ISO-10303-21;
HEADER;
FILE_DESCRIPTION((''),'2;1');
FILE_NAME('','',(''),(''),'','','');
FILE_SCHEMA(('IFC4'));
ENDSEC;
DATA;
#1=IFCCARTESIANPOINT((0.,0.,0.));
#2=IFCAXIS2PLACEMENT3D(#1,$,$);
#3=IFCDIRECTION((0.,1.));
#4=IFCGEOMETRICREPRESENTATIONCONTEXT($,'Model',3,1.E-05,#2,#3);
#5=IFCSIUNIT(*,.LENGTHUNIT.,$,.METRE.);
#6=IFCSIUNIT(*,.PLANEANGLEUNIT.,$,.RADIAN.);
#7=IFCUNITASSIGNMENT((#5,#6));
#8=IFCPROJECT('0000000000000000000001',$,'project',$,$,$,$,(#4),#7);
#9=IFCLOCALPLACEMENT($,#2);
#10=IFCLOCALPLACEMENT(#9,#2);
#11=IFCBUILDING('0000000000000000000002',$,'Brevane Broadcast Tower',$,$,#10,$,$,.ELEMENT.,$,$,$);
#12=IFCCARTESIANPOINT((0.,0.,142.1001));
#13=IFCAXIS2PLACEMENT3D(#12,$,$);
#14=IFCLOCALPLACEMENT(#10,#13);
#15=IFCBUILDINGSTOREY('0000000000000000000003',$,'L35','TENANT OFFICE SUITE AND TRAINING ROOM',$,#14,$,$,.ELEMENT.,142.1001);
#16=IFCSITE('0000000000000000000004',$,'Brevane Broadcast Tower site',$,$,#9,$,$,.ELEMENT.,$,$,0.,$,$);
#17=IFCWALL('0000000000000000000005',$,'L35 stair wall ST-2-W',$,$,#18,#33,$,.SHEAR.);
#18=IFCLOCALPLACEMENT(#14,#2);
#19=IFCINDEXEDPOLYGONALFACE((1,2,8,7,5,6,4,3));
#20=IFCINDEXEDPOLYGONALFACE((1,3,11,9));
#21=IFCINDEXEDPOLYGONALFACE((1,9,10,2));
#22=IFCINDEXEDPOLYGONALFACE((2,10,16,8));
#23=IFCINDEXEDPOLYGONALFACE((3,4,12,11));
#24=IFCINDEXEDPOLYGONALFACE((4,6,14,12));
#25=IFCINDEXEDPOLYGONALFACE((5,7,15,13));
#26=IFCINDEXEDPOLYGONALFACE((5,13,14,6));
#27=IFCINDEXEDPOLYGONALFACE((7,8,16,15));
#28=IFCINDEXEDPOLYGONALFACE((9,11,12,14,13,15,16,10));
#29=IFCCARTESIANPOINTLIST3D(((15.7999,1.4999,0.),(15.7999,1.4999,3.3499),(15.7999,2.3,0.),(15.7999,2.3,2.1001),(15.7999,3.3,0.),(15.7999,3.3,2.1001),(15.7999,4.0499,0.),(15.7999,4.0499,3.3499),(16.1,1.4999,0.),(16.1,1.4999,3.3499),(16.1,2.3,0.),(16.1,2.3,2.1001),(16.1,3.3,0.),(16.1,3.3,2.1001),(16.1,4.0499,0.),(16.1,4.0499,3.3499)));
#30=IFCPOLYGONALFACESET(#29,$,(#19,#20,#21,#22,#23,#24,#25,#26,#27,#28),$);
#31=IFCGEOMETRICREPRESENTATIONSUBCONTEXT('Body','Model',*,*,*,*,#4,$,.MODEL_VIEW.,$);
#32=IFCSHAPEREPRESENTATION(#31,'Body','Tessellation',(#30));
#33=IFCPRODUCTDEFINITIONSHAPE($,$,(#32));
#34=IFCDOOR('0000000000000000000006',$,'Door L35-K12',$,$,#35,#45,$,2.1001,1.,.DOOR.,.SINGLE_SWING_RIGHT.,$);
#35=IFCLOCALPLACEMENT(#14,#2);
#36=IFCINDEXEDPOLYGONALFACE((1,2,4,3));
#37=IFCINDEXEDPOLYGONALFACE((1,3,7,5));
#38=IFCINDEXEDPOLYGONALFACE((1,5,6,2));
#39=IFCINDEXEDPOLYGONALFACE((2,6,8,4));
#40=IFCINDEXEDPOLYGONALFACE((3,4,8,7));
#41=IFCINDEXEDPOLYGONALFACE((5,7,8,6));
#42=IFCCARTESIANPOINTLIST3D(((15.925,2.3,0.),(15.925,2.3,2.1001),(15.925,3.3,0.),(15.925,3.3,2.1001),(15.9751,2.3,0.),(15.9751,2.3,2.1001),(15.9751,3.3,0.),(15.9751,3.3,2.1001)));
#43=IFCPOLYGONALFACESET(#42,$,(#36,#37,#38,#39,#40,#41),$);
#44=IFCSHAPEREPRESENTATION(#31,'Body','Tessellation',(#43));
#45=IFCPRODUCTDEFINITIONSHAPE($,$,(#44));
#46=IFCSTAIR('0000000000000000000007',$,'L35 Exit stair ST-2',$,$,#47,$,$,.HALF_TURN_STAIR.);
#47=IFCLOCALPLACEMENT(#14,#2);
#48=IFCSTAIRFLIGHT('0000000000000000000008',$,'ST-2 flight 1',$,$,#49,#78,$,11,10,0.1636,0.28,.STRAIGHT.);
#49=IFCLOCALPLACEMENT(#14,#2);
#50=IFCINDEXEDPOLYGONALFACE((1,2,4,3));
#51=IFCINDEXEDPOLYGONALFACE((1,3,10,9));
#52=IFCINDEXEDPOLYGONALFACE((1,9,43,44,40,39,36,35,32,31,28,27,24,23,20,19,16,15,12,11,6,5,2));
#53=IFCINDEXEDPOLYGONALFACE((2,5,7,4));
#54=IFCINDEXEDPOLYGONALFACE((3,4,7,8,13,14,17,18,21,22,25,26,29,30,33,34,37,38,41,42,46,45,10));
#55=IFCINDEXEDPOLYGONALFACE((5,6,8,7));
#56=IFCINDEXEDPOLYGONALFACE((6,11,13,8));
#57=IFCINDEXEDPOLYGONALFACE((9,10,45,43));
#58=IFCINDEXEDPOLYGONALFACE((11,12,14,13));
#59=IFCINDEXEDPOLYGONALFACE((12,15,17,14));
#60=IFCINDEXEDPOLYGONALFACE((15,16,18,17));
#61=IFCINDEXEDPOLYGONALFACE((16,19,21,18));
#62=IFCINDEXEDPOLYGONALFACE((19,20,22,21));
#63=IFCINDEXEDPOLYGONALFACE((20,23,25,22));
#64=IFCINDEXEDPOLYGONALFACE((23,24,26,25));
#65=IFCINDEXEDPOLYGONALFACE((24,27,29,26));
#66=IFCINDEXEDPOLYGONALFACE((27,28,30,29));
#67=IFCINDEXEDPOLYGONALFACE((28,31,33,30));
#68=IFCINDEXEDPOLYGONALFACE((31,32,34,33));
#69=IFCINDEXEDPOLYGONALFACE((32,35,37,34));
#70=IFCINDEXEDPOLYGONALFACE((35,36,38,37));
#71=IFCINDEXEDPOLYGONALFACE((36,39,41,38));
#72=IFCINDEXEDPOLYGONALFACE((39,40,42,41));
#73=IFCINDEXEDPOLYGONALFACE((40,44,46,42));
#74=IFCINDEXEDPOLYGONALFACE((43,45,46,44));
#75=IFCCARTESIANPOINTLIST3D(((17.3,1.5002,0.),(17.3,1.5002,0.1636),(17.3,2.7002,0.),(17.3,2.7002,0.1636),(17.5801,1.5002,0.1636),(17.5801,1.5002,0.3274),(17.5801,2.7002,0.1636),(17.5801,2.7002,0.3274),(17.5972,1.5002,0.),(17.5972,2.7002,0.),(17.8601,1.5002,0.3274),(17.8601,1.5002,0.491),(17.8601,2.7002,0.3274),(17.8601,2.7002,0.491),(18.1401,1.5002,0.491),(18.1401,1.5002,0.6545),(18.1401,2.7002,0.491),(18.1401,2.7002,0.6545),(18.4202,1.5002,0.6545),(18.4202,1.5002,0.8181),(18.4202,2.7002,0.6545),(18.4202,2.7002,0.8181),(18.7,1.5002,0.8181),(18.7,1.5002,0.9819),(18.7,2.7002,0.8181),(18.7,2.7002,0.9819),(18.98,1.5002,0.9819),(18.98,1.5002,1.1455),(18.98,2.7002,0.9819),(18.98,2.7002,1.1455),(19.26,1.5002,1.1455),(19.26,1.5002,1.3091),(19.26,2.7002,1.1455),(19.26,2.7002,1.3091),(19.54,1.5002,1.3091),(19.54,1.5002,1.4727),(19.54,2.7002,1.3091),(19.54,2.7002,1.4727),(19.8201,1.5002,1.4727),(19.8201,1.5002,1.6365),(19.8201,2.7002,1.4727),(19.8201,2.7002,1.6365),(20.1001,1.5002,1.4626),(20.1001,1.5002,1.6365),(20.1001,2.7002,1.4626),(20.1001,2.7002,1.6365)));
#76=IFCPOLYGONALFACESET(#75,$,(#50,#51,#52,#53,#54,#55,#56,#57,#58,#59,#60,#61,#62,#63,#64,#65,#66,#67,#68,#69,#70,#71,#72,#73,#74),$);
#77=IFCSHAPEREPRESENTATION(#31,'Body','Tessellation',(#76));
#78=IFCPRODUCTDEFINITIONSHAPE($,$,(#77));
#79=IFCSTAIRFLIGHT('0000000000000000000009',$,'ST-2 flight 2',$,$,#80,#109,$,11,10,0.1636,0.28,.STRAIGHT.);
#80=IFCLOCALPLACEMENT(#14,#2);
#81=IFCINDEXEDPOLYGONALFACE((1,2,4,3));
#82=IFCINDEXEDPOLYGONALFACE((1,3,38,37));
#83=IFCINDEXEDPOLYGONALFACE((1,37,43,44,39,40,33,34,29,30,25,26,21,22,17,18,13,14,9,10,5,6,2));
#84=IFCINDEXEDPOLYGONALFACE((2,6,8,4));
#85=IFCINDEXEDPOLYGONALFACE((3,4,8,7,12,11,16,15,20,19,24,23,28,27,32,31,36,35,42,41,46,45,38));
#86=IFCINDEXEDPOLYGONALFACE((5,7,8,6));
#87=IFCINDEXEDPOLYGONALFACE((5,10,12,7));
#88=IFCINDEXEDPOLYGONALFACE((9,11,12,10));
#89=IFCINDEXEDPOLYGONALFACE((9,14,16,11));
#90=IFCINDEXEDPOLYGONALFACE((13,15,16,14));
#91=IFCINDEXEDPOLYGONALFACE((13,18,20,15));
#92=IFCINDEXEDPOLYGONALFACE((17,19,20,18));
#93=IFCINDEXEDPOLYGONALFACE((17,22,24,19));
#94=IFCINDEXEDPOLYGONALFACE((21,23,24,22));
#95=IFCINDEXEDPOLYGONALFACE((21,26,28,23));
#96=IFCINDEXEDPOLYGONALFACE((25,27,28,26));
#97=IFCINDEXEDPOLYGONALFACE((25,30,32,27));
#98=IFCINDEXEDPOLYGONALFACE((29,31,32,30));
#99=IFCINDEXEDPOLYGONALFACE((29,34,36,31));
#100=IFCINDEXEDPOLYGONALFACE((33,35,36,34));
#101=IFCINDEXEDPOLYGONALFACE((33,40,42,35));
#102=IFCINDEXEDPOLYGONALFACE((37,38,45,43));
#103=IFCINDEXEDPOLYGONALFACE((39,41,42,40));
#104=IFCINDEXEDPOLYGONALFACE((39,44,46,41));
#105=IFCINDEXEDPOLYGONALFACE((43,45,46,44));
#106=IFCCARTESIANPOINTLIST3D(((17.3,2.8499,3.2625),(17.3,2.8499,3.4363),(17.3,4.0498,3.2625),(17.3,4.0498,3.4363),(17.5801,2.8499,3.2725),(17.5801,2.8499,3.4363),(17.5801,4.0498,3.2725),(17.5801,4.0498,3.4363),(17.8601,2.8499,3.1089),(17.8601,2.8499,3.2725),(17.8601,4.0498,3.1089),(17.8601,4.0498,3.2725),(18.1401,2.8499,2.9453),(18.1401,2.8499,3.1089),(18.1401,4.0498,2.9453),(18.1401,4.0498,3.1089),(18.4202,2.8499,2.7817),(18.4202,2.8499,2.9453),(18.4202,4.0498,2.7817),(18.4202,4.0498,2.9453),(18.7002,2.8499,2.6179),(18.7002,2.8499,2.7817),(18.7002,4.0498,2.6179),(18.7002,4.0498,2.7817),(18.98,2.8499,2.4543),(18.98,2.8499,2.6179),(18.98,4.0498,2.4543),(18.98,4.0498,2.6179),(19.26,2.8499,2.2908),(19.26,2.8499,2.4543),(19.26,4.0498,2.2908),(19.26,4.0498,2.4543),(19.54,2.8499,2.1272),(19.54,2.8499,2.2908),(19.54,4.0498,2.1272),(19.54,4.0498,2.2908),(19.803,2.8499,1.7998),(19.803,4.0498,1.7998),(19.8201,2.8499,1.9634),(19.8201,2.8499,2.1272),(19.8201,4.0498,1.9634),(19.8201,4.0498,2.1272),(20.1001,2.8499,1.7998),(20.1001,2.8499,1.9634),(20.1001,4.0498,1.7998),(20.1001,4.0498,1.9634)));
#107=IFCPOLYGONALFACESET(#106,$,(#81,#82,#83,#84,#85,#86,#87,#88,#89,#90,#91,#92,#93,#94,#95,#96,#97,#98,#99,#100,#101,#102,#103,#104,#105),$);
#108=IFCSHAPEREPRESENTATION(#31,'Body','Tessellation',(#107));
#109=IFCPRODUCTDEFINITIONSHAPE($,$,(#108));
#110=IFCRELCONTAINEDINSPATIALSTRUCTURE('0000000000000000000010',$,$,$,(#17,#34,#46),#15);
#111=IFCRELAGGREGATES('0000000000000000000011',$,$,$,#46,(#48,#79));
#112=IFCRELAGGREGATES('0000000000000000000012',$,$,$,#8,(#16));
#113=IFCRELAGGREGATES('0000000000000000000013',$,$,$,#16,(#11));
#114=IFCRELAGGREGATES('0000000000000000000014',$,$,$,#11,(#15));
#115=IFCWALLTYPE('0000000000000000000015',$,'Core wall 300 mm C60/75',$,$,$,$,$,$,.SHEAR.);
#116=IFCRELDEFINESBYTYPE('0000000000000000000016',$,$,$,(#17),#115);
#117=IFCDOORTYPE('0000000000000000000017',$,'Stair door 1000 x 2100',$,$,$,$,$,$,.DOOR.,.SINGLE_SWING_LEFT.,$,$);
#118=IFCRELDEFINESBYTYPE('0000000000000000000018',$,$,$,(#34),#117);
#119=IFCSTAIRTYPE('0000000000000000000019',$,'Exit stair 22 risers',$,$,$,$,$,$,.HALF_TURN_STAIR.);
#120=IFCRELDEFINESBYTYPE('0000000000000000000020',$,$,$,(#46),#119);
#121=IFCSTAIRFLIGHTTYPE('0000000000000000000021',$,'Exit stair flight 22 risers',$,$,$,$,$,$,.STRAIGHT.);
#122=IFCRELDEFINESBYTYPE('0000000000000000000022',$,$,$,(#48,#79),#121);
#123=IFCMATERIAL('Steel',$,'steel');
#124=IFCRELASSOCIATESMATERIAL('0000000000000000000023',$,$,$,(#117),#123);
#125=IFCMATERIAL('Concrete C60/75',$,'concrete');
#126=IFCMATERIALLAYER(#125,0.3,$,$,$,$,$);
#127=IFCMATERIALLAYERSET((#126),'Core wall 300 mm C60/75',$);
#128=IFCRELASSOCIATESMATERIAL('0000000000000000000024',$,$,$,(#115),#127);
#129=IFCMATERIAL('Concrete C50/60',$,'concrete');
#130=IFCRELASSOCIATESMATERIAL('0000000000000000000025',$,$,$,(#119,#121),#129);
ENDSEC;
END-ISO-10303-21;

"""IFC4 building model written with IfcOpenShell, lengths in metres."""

from ifc_helpers import new_model, si_unit, direction, frame, frame_2d, origin, place, context, subcontext, project, spatial, polyline, rectangle, outline, extrude, material, layer, layer_set, type_object, element, fill, aggregate, save


model = new_model("IFC4")

# Units and contexts
model_context = context("Model", 3, precision=1e-05, world=origin(), true_north=direction((0.0, 1.0)))
body_context = subcontext(model_context, "Body", "Model", "MODEL_VIEW")
ifc_project = project(units=[si_unit("LENGTHUNIT", "METRE"), si_unit("PLANEANGLEUNIT", "RADIAN")], contexts=[model_context])

# Site, building, storey
site_placement = place(None, origin())
site = spatial("IfcSite", under=ifc_project, at=site_placement, Name="Brevane Broadcast Tower site", CompositionType="ELEMENT", RefElevation=0.0)
building_placement = place(site_placement, origin())
building = spatial("IfcBuilding", under=site, at=building_placement, Name="Brevane Broadcast Tower", CompositionType="ELEMENT")
storey_placement = place(building_placement, frame((0.0, 0.0, 142.1001)))
storey = spatial("IfcBuildingStorey", under=building, at=storey_placement, Name="L35", Description="TENANT OFFICE SUITE AND TRAINING ROOM", CompositionType="ELEMENT", Elevation=142.1001)

# Shared definitions
ifc_material_1 = material(Name="Steel", Category="steel")
door_type_1 = type_object("IfcDoorType", Name="Stair door 1000 x 2100", OperationType="SINGLE_SWING_LEFT", PredefinedType="DOOR", material=ifc_material_1)

# Shared definitions
ifc_material_2 = material(Name="Concrete C60/75", Category="concrete")
ifc_layer_1 = layer(ifc_material_2, 0.3)
ifc_layer_set_1 = layer_set([ifc_layer_1], Name="Core wall 300 mm C60/75")
wall_type_1 = type_object("IfcWallType", Name="Core wall 300 mm C60/75", PredefinedType="SHEAR", material=ifc_layer_set_1)

# Wall, opening, door
wall_1_placement = place(storey_placement, frame((15.95, 1.5, 0.0), z_axis=(0.0, 0.0, 1.0), x_axis=(0.0, 1.0, 0.0)))
wall_1 = element("IfcWall", 1, at=wall_1_placement, inside=storey, type_object=wall_type_1, Name="L35 stair wall ST-2-W", PredefinedType="SHEAR", context=body_context, shape_type="SweptSolid", body=[
    extrude(rectangle(XDim=2.55, YDim=0.3, at=frame_2d((1.2749, 0.0))), origin(), (0.0, 0.0, 1.0), 3.3499),
])
opening_1_placement = place(wall_1_placement, frame((0.8, 0.0, 0.0)))
opening_1 = element("IfcOpeningElement", 2, at=opening_1_placement, cuts=wall_1, PredefinedType="OPENING", context=body_context, shape_type="SweptSolid", body=[
    extrude(rectangle(XDim=1.0, YDim=2.1001, at=frame_2d((0.5, 1.05))), frame((0.0, 0.1599, 0.0), z_axis=(0.0, -1.0, 0.0), x_axis=(1.0, 0.0, 0.0)), (0.0, 0.0, 1.0), 0.3201),
])
door_1_placement = place(opening_1_placement, origin())
door_1 = element("IfcDoor", 3, at=door_1_placement, inside=storey, type_object=door_type_1, Name="Door L35-K12", OperationType="SINGLE_SWING_RIGHT", OverallHeight=2.1001, OverallWidth=1.0, PredefinedType="DOOR", context=body_context, shape_type="SweptSolid", body=[
    extrude(rectangle(XDim=1.0, YDim=2.1001, at=frame_2d((0.5, 1.05))), frame((0.0, 0.0249, 0.0), z_axis=(0.0, -1.0, 0.0), x_axis=(1.0, 0.0, 0.0)), (0.0, 0.0, 1.0), 0.05),
])
fill(opening_1, door_1)

# Stair, stair flights
ifc_material_3 = material(Name="Concrete C50/60", Category="concrete")
stair_type = type_object("IfcStairType", Name="Exit stair 22 risers", PredefinedType="HALF_TURN_STAIR", material=ifc_material_3)
stair_placement = place(storey_placement, origin())
stair = element("IfcStair", 4, at=stair_placement, inside=storey, type_object=stair_type, Name="L35 Exit stair ST-2", PredefinedType="HALF_TURN_STAIR")
stair_flight_type = type_object("IfcStairFlightType", Name="Exit stair flight 22 risers", PredefinedType="STRAIGHT", material=ifc_material_3)
stair_flight_1_placement = place(storey_placement, frame((17.3, 2.1001, 0.0), z_axis=(0.0, 0.0, 1.0), x_axis=(1.0, 0.0, 0.0)))
stair_flight_1 = element("IfcStairFlight", 5, at=stair_flight_1_placement, type_object=stair_flight_type, Name="ST-2 flight 1", NumberOfRisers=11, NumberOfTreads=10, PredefinedType="STRAIGHT", RiserHeight=0.1636, TreadLength=0.28, context=body_context, shape_type="SweptSolid", body=[
    extrude(outline(polyline([(0.0, 0.0), (0.0, 0.1636), (0.28, 0.1636), (0.28, 0.3274), (0.5601, 0.3274), (0.5601, 0.491), (0.8401, 0.491), (0.8401, 0.6545), (1.1201, 0.6545), (1.1201, 0.8181), (1.3999, 0.8181), (1.3999, 0.9819), (1.6799, 0.9819), (1.6799, 1.1455), (1.96, 1.1455), (1.96, 1.3091), (2.24, 1.3091), (2.24, 1.4727), (2.52, 1.4727), (2.52, 1.6365), (2.8, 1.6365), (2.8, 1.8), (2.8, 1.4626), (0.2971, 0.0), (0.0, 0.0)])), frame((0.0, 0.6001, 0.0), z_axis=(0.0, -1.0, 0.0), x_axis=(1.0, 0.0, 0.0)), (0.0, 0.0, 1.0), 1.2),
])
stair_flight_2_placement = place(storey_placement, frame((20.1001, 3.45, 1.7998), z_axis=(0.0, 0.0, 1.0), x_axis=(-1.0, 0.0, 0.0)))
stair_flight_2 = element("IfcStairFlight", 6, at=stair_flight_2_placement, type_object=stair_flight_type, Name="ST-2 flight 2", NumberOfRisers=11, NumberOfTreads=10, PredefinedType="STRAIGHT", RiserHeight=0.1636, TreadLength=0.28, context=body_context, shape_type="SweptSolid", body=[
    extrude(outline(polyline([(0.0, 0.0), (0.0, 0.1636), (0.28, 0.1636), (0.28, 0.3274), (0.5601, 0.3274), (0.5601, 0.491), (0.8401, 0.491), (0.8401, 0.6545), (1.1201, 0.6545), (1.1201, 0.8181), (1.3999, 0.8181), (1.3999, 0.9819), (1.6799, 0.9819), (1.6799, 1.1455), (1.96, 1.1455), (1.96, 1.3091), (2.24, 1.3091), (2.24, 1.4727), (2.52, 1.4727), (2.52, 1.6365), (2.8, 1.6365), (2.8, 1.8), (2.8, 1.4626), (0.2971, 0.0), (0.0, 0.0)])), frame((0.0, 0.6001, 0.0), z_axis=(0.0, -1.0, 0.0), x_axis=(1.0, 0.0, 0.0)), (0.0, 0.0, 1.0), 1.2),
])
aggregate(stair, [stair_flight_1, stair_flight_2])

save(model, "model.ifc")
